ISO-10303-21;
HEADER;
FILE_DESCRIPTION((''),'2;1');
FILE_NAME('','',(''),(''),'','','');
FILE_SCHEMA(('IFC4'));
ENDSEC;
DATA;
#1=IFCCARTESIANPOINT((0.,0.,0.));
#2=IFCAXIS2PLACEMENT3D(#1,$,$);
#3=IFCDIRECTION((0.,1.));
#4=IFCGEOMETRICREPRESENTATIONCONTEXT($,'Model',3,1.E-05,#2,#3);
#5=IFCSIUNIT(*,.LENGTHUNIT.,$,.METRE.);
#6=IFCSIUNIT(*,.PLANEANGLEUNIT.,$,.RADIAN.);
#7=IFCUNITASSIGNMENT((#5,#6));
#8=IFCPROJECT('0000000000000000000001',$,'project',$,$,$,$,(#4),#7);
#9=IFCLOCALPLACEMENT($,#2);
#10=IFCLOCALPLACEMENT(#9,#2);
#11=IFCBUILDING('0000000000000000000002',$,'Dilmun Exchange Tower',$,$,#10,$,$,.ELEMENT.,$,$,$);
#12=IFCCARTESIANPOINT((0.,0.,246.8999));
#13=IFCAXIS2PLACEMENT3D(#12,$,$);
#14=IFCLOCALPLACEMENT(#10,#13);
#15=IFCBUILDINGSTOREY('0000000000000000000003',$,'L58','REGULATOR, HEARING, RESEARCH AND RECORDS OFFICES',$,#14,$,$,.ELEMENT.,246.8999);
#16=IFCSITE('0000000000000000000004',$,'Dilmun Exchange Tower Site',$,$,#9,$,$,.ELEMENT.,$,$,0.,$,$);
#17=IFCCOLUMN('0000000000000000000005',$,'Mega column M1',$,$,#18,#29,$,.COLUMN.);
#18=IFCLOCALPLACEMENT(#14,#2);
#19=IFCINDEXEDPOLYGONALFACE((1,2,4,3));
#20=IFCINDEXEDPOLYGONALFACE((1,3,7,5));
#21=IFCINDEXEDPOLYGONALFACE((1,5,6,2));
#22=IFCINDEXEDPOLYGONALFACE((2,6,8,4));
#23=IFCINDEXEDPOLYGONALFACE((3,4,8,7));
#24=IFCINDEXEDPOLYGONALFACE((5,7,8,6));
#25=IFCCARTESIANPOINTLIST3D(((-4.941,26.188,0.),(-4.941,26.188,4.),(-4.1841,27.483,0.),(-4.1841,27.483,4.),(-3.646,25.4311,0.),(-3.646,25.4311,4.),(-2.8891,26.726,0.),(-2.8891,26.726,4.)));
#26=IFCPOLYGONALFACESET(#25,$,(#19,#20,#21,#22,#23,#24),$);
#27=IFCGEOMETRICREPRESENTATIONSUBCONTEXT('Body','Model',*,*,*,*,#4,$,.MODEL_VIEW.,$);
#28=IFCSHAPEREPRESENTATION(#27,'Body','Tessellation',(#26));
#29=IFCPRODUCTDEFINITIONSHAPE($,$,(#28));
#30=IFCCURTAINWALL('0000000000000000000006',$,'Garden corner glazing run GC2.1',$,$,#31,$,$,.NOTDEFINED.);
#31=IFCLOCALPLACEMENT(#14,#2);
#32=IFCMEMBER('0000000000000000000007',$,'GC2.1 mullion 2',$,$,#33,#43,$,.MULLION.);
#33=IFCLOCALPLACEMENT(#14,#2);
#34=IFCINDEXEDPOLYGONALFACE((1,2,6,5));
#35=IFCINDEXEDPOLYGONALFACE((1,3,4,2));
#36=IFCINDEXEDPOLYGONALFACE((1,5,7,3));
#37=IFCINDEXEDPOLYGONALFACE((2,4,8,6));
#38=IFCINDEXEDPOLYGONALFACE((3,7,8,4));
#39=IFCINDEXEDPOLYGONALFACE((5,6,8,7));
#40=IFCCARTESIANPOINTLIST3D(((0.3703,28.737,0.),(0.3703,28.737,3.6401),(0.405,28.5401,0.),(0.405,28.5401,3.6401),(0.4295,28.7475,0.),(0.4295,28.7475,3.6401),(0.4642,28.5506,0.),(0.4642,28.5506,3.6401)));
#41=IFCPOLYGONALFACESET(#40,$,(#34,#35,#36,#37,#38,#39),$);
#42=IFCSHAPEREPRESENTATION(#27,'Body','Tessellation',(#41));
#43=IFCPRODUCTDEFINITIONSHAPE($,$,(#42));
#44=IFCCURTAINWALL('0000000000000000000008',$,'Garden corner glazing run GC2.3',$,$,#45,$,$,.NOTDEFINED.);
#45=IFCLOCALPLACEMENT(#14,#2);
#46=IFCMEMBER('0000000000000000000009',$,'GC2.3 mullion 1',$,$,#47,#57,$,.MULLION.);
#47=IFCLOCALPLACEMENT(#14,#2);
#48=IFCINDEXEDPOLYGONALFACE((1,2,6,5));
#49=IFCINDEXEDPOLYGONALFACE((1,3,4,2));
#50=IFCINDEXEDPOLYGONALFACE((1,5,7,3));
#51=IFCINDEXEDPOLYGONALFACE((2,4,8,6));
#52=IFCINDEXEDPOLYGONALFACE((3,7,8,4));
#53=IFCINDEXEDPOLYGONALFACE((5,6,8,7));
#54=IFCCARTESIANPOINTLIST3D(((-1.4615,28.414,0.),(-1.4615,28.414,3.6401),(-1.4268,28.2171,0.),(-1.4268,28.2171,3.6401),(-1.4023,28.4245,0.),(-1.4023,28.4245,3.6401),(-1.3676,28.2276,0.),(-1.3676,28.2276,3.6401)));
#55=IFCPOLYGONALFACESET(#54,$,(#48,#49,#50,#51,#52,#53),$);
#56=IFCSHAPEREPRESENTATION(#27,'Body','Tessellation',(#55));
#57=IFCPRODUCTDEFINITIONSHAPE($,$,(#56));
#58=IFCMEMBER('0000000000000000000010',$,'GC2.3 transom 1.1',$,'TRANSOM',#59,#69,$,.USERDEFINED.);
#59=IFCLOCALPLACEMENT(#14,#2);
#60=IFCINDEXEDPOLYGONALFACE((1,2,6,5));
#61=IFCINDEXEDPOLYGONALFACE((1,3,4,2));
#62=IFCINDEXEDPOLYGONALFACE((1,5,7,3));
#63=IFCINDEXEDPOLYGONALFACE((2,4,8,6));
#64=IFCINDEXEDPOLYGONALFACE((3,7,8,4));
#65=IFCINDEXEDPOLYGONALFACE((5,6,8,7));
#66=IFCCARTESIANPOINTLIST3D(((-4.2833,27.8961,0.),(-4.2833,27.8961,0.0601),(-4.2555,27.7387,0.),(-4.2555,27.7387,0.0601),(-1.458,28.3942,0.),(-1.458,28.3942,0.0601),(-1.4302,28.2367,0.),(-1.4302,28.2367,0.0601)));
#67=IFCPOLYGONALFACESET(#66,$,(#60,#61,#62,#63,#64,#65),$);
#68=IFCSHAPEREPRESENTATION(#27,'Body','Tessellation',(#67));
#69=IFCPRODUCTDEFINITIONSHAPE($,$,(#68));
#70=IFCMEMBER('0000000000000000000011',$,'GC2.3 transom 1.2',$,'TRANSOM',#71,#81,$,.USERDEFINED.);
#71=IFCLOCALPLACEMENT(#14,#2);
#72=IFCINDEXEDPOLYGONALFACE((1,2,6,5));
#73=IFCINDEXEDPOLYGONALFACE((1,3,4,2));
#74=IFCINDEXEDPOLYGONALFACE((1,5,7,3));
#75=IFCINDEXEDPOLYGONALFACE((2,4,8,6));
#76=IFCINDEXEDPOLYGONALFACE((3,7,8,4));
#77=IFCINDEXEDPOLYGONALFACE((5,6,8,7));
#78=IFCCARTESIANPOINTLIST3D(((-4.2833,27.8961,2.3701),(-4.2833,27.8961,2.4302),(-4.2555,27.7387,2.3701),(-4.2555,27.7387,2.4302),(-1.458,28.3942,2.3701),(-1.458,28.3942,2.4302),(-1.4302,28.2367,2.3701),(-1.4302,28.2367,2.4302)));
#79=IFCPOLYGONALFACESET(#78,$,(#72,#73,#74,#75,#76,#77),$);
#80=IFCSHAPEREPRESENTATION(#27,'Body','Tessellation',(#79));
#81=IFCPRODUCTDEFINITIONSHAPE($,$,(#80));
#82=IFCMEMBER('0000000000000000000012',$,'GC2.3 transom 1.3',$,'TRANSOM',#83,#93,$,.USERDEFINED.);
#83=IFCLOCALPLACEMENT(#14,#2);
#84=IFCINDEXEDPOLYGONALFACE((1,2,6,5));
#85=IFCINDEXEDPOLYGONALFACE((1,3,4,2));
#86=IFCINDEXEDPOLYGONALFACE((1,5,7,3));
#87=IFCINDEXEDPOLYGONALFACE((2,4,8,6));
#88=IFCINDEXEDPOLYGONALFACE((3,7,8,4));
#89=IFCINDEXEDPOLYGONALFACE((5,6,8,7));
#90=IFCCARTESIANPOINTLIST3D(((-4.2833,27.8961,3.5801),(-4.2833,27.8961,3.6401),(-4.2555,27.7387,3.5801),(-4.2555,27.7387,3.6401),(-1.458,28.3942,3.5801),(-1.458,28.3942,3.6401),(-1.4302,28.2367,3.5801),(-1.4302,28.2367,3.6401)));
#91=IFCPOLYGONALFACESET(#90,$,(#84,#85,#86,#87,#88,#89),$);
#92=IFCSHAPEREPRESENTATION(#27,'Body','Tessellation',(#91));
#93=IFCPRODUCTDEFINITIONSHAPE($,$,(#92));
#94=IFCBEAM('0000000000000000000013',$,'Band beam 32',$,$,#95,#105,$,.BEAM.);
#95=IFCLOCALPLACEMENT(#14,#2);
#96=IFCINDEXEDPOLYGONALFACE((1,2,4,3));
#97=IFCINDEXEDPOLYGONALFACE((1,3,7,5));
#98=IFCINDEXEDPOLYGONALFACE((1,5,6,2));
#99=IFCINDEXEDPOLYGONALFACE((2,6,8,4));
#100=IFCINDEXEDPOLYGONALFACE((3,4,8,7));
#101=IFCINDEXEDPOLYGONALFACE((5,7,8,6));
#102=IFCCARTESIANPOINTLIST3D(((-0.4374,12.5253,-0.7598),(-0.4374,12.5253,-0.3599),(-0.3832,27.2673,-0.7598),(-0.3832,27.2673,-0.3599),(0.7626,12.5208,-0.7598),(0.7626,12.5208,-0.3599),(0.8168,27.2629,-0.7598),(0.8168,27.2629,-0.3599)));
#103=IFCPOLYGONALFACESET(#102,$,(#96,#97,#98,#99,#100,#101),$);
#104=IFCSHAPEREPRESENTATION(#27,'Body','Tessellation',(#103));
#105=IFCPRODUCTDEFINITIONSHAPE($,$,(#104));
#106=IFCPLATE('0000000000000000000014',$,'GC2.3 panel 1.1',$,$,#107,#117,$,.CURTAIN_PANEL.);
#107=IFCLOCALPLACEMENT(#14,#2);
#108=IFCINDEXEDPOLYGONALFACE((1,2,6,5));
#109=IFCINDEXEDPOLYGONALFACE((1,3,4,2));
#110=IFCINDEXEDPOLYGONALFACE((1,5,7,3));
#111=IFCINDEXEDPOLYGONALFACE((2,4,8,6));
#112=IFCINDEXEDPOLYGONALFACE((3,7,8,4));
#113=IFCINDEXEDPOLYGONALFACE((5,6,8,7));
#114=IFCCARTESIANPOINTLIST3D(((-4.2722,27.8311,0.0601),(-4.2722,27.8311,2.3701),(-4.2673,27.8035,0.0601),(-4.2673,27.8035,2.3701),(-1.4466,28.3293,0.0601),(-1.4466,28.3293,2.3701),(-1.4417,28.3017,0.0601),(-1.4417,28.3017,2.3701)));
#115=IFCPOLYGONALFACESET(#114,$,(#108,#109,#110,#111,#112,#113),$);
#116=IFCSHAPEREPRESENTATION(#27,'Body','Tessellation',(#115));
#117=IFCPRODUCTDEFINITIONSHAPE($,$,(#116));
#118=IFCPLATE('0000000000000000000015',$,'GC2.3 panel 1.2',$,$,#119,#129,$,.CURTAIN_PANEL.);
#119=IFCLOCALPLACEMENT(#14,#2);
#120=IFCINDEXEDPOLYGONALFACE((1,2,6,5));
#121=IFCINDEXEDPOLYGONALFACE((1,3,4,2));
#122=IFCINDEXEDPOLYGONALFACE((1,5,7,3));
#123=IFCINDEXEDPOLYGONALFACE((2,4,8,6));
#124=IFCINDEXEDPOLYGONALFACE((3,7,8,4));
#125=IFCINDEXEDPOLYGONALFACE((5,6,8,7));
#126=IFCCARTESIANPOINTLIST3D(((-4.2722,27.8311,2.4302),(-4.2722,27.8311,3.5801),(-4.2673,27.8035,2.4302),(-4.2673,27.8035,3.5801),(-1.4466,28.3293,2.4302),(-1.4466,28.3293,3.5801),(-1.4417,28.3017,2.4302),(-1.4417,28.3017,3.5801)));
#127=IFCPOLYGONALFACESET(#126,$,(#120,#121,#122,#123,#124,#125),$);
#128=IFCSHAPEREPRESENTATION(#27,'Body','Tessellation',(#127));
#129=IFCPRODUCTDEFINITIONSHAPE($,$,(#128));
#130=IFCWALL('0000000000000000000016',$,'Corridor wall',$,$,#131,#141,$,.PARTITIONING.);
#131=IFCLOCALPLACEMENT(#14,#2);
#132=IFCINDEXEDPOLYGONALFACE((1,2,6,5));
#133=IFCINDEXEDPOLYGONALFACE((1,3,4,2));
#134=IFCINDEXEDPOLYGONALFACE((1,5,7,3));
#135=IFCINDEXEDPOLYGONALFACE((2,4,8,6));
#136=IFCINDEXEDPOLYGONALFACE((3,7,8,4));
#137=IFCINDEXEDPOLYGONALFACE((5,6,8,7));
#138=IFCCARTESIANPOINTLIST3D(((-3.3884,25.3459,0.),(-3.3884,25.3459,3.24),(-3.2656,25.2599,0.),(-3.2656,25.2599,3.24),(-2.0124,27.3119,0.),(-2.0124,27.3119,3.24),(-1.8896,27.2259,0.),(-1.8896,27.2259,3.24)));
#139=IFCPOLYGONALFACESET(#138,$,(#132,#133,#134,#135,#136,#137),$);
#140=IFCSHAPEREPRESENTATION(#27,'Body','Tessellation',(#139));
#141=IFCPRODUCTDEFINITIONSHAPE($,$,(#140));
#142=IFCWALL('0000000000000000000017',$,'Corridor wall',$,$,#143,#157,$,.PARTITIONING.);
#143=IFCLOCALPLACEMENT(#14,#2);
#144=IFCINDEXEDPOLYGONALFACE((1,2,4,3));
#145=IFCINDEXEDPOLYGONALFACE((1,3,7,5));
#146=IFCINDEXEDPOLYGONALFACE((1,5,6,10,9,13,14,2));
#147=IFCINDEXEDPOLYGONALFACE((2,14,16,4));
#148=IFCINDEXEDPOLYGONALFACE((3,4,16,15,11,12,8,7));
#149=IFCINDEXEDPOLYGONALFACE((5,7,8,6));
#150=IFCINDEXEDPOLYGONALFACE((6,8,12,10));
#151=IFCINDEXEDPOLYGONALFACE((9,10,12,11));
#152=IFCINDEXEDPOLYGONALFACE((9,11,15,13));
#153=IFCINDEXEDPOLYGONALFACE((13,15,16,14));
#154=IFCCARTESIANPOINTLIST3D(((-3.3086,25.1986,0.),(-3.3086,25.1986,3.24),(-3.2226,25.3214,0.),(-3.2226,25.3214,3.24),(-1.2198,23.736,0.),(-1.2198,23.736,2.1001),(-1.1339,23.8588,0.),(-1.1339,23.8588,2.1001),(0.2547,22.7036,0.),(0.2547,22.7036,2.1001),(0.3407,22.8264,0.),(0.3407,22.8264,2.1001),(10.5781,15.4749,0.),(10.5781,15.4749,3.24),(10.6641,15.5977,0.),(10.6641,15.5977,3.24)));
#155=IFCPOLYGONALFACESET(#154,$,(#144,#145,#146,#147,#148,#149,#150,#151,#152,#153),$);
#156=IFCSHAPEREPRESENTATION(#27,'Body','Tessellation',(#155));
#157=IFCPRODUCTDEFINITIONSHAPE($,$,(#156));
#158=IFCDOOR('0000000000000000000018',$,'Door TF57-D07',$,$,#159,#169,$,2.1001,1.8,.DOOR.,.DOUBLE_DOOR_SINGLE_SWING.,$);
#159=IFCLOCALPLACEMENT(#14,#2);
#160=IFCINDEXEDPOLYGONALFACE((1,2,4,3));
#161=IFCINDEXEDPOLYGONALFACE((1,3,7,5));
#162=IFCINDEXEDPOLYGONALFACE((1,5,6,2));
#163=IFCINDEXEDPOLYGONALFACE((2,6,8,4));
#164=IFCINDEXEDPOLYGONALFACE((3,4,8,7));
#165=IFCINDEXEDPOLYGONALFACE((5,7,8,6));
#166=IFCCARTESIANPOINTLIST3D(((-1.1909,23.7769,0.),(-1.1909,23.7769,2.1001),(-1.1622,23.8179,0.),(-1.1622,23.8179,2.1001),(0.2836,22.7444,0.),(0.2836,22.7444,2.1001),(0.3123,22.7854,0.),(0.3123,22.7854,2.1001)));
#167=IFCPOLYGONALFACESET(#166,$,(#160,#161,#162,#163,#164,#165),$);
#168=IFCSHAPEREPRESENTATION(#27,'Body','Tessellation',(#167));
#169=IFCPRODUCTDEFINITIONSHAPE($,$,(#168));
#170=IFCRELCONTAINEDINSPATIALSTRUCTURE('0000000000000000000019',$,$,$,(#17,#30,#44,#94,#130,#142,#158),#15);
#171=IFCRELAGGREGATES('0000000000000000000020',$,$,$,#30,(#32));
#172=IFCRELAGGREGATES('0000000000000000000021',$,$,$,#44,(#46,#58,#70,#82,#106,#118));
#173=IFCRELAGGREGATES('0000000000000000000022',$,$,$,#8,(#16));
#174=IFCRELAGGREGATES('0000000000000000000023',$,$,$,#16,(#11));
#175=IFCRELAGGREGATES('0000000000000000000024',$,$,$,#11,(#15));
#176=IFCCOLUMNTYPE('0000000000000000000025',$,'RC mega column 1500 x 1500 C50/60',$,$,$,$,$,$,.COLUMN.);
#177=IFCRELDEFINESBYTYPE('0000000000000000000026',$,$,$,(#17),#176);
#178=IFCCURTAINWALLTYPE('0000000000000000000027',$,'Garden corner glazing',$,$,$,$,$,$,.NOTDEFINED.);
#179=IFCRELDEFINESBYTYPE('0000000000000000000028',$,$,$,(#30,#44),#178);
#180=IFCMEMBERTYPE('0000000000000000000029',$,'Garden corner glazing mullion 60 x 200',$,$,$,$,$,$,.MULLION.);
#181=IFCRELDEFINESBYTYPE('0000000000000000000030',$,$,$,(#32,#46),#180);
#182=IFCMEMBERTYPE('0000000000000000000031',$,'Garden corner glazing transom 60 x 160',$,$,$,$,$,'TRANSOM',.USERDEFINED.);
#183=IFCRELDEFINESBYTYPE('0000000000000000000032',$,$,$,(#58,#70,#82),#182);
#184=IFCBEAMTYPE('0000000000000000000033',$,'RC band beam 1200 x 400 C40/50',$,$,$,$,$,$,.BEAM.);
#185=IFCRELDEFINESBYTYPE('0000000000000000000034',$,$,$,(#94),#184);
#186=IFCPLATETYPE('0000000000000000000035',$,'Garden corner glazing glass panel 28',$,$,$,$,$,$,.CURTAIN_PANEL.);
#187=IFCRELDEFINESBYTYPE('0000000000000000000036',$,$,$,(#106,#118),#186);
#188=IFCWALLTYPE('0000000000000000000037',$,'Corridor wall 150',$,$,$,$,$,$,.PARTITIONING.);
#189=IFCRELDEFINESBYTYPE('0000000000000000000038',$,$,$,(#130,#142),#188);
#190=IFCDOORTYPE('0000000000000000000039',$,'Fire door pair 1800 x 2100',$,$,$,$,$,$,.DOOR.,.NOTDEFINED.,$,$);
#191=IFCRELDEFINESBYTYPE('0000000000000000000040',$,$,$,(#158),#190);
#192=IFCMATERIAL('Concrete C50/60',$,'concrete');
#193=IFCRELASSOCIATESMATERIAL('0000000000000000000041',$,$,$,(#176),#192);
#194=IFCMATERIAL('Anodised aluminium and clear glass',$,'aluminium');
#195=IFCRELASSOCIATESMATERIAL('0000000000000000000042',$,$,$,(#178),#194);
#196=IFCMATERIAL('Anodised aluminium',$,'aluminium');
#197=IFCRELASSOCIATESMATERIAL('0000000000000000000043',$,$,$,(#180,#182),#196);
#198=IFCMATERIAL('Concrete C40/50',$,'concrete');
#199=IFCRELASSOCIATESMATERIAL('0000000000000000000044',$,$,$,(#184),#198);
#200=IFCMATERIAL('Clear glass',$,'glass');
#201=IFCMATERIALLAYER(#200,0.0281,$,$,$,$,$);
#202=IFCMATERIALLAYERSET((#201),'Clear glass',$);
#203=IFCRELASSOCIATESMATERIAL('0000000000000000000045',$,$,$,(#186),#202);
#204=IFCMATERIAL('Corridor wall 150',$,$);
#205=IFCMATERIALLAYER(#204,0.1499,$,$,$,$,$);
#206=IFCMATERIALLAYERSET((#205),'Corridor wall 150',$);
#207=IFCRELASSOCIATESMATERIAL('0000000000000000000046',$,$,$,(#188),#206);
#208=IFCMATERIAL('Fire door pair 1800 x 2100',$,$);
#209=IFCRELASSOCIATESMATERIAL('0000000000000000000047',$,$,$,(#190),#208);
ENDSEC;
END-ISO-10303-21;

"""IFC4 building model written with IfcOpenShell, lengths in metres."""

from ifc_helpers import new_model, si_unit, direction, frame, frame_2d, origin, origin_2d, place, context, subcontext, project, spatial, rectangle, extrude, material, layer, layer_set, material_profile, profile_set, type_object, element, fill, aggregate, save


model = new_model("IFC4")

# Units and contexts
model_context = context("Model", 3, precision=1e-05, world=origin(), true_north=direction((0.0, 1.0)))
body_context = subcontext(model_context, "Body", "Model", "MODEL_VIEW")
ifc_project = project(units=[si_unit("LENGTHUNIT", "METRE"), si_unit("PLANEANGLEUNIT", "RADIAN")], contexts=[model_context])

# Site, building, storey
site_placement = place(None, origin())
site = spatial("IfcSite", under=ifc_project, at=site_placement, Name="Dilmun Exchange Tower Site", CompositionType="ELEMENT", RefElevation=0.0)
building_placement = place(site_placement, origin())
building = spatial("IfcBuilding", under=site, at=building_placement, Name="Dilmun Exchange Tower", CompositionType="ELEMENT")
storey_placement = place(building_placement, frame((0.0, 0.0, 246.8999)))
storey = spatial("IfcBuildingStorey", under=building, at=storey_placement, Name="L58", Description="REGULATOR, HEARING, RESEARCH AND RECORDS OFFICES", CompositionType="ELEMENT", Elevation=246.8999)

# Column
ifc_material_1 = material(Name="Concrete C50/60", Category="concrete")
ifc_material_profile_1 = material_profile(ifc_material_1, rectangle(XDim=1.5, YDim=1.5, at=origin_2d()), Name="1500 x 1500")
ifc_profile_set_1 = profile_set([ifc_material_profile_1], Name="Concrete C50/60")
column_type = type_object("IfcColumnType", Name="RC mega column 1500 x 1500 C50/60", PredefinedType="COLUMN", material=ifc_profile_set_1)
column_placement = place(storey_placement, frame((-3.915, 26.457, 0.0), z_axis=(0.0, 0.0, 1.0), x_axis=(0.504644, 0.863328, 0.0)))
element("IfcColumn", 1, at=column_placement, inside=storey, type_object=column_type, Name="Mega column M1", PredefinedType="COLUMN", context=body_context, shape_type="SweptSolid", body=[
    extrude(rectangle(XDim=1.5, YDim=1.5, at=origin_2d()), origin(), (0.0, 0.0, 1.0), 4.0),
])

# Curtain wall, member
ifc_material_2 = material(Name="Anodised aluminium and clear glass", Category="aluminium")
curtain_wall_type = type_object("IfcCurtainWallType", Name="Garden corner glazing", PredefinedType="NOTDEFINED", material=ifc_material_2)
curtain_wall_1_placement = place(storey_placement, origin())
curtain_wall_1 = element("IfcCurtainWall", 2, at=curtain_wall_1_placement, inside=storey, type_object=curtain_wall_type, Name="Garden corner glazing run GC2.1", PredefinedType="NOTDEFINED")
ifc_material_3 = material(Name="Anodised aluminium", Category="aluminium")
ifc_material_profile_2 = material_profile(ifc_material_3, rectangle(XDim=0.2, YDim=0.0601, at=origin_2d()), Name="AL 60x200")
ifc_profile_set_2 = profile_set([ifc_material_profile_2], Name="Anodised aluminium")
member_type_1 = type_object("IfcMemberType", Name="Garden corner glazing mullion 60 x 200", PredefinedType="MULLION", material=ifc_profile_set_2)
member_1_placement = place(storey_placement, frame((0.4172, 28.6438, 0.0), z_axis=(0.0, 0.0, 1.0), x_axis=(0.173631, -0.984811, 0.0)))
member_1 = element("IfcMember", 3, at=member_1_placement, type_object=member_type_1, Name="GC2.1 mullion 2", PredefinedType="MULLION", context=body_context, shape_type="SweptSolid", body=[
    extrude(rectangle(XDim=0.2, YDim=0.0601, at=origin_2d()), origin(), (0.0, 0.0, 1.0), 3.6401),
])
aggregate(curtain_wall_1, [member_1])

# Curtain wall, members
curtain_wall_2_placement = place(storey_placement, origin())
curtain_wall_2 = element("IfcCurtainWall", 4, at=curtain_wall_2_placement, inside=storey, type_object=curtain_wall_type, Name="Garden corner glazing run GC2.3", PredefinedType="NOTDEFINED")
member_2_placement = place(storey_placement, frame((-1.4146, 28.3208, 0.0), z_axis=(0.0, 0.0, 1.0), x_axis=(0.173631, -0.984811, 0.0)))
member_2 = element("IfcMember", 5, at=member_2_placement, type_object=member_type_1, Name="GC2.3 mullion 1", PredefinedType="MULLION", context=body_context, shape_type="SweptSolid", body=[
    extrude(rectangle(XDim=0.2, YDim=0.0601, at=origin_2d()), origin(), (0.0, 0.0, 1.0), 3.6401),
])
ifc_material_profile_3 = material_profile(ifc_material_3, rectangle(XDim=0.1599, YDim=0.0601, at=origin_2d()), Name="AL 60x160")
ifc_profile_set_3 = profile_set([ifc_material_profile_3], Name="Anodised aluminium")
member_type_2 = type_object("IfcMemberType", Name="Garden corner glazing transom 60 x 160", ElementType="TRANSOM", PredefinedType="USERDEFINED", material=ifc_profile_set_3)
member_3_placement = place(storey_placement, frame((-1.4441, 28.3154, 0.03), z_axis=(-0.984817, -0.173596, 0.0), x_axis=(0.173596, -0.984817, 0.0)))
member_3 = element("IfcMember", 6, at=member_3_placement, type_object=member_type_2, Name="GC2.3 transom 1.1", ObjectType="TRANSOM", PredefinedType="USERDEFINED", context=body_context, shape_type="SweptSolid", body=[
    extrude(rectangle(XDim=0.1599, YDim=0.0601, at=origin_2d()), origin(), (0.0, 0.0, 1.0), 2.8689),
])
member_4_placement = place(storey_placement, frame((-1.4441, 28.3154, 2.4001), z_axis=(-0.984817, -0.173596, 0.0), x_axis=(0.173596, -0.984817, 0.0)))
member_4 = element("IfcMember", 7, at=member_4_placement, type_object=member_type_2, Name="GC2.3 transom 1.2", ObjectType="TRANSOM", PredefinedType="USERDEFINED", context=body_context, shape_type="SweptSolid", body=[
    extrude(rectangle(XDim=0.1599, YDim=0.0601, at=origin_2d()), origin(), (0.0, 0.0, 1.0), 2.8689),
])
member_5_placement = place(storey_placement, frame((-1.4441, 28.3154, 3.6101), z_axis=(-0.984817, -0.173596, 0.0), x_axis=(0.173596, -0.984817, 0.0)))
member_5 = element("IfcMember", 8, at=member_5_placement, type_object=member_type_2, Name="GC2.3 transom 1.3", ObjectType="TRANSOM", PredefinedType="USERDEFINED", context=body_context, shape_type="SweptSolid", body=[
    extrude(rectangle(XDim=0.1599, YDim=0.0601, at=origin_2d()), origin(), (0.0, 0.0, 1.0), 2.8689),
])

# Beam
ifc_material_4 = material(Name="Concrete C40/50", Category="concrete")
ifc_material_profile_4 = material_profile(ifc_material_4, rectangle(XDim=1.2, YDim=0.3999, at=origin_2d()), Name="1200 x 400")
ifc_profile_set_4 = profile_set([ifc_material_profile_4], Name="Concrete C40/50")
beam_type = type_object("IfcBeamType", Name="RC band beam 1200 x 400 C40/50", PredefinedType="BEAM", material=ifc_profile_set_4)
beam_placement = place(storey_placement, frame((0.2168, 27.2651, -0.5598), z_axis=(-0.003676, -0.999993, 0.0), x_axis=(0.999993, -0.003676, 0.0)))
element("IfcBeam", 9, at=beam_placement, inside=storey, type_object=beam_type, Name="Band beam 32", PredefinedType="BEAM", context=body_context, shape_type="SweptSolid", body=[
    extrude(rectangle(XDim=1.2, YDim=0.3999, at=origin_2d()), origin(), (0.0, 0.0, 1.0), 14.7422),
])

# Plates
ifc_material_5 = material(Name="Clear glass", Category="glass")
ifc_layer_1 = layer(ifc_material_5, 0.0281)
ifc_layer_set_1 = layer_set([ifc_layer_1], Name="Clear glass")
plate_type = type_object("IfcPlateType", Name="Garden corner glazing glass panel 28", PredefinedType="CURTAIN_PANEL", material=ifc_layer_set_1)
plate_1_placement = place(storey_placement, frame((-2.8569, 28.0664, 0.0601), z_axis=(0.0, 0.0, 1.0), x_axis=(-0.984811, -0.173631, 0.0)))
plate_1 = element("IfcPlate", 10, at=plate_1_placement, type_object=plate_type, Name="GC2.3 panel 1.1", PredefinedType="CURTAIN_PANEL", context=body_context, shape_type="SweptSolid", body=[
    extrude(rectangle(XDim=2.8691, YDim=0.0281, at=origin_2d()), origin(), (0.0, 0.0, 1.0), 2.3101),
])
plate_2_placement = place(storey_placement, frame((-2.8569, 28.0664, 2.4302), z_axis=(0.0, 0.0, 1.0), x_axis=(-0.984811, -0.173631, 0.0)))
plate_2 = element("IfcPlate", 11, at=plate_2_placement, type_object=plate_type, Name="GC2.3 panel 1.2", PredefinedType="CURTAIN_PANEL", context=body_context, shape_type="SweptSolid", body=[
    extrude(rectangle(XDim=2.8691, YDim=0.0281, at=origin_2d()), origin(), (0.0, 0.0, 1.0), 1.1499),
])
aggregate(curtain_wall_2, [member_2, member_3, member_4, member_5, plate_1, plate_2])

# Wall
ifc_material_6 = material(Name="Corridor wall 150")
ifc_layer_2 = layer(ifc_material_6, 0.1499)
ifc_layer_set_2 = layer_set([ifc_layer_2], Name="Corridor wall 150")
wall_type_1 = type_object("IfcWallType", Name="Corridor wall 150", PredefinedType="PARTITIONING", material=ifc_layer_set_2)
wall_1_placement = place(storey_placement, frame((-3.3269, 25.303, 0.0), z_axis=(0.0, 0.0, 1.0), x_axis=(0.573387, 0.819284, 0.0)))
element("IfcWall", 12, at=wall_1_placement, inside=storey, type_object=wall_type_1, Name="Corridor wall", PredefinedType="PARTITIONING", context=body_context, shape_type="SweptSolid", body=[
    extrude(rectangle(XDim=2.3997, YDim=0.1499, at=frame_2d((1.1997, 0.0))), origin(), (0.0, 0.0, 1.0), 3.24),
])

# Wall, opening, door
wall_2_placement = place(storey_placement, frame((-3.2656, 25.26, 0.0), z_axis=(0.0, 0.0, 1.0), x_axis=(0.819151, -0.573578, 0.0)))
wall_2 = element("IfcWall", 13, at=wall_2_placement, inside=storey, type_object=wall_type_1, Name="Corridor wall", PredefinedType="PARTITIONING", context=body_context, shape_type="SweptSolid", body=[
    extrude(rectangle(XDim=16.9526, YDim=0.1499, at=frame_2d((8.4763, 0.0))), origin(), (0.0, 0.0, 1.0), 3.24),
])
opening_1_placement = place(wall_2_placement, frame((2.55, 0.0, 0.0)))
opening_1 = element("IfcOpeningElement", 14, at=opening_1_placement, cuts=wall_2, PredefinedType="OPENING", context=body_context, shape_type="SweptSolid", body=[
    extrude(rectangle(XDim=1.8, YDim=2.1001, at=frame_2d((0.8999, 1.05))), frame((0.0, 0.085, 0.0), z_axis=(0.0, -1.0, 0.0), x_axis=(1.0, 0.0, 0.0)), (0.0, 0.0, 1.0), 0.1699),
])
ifc_material_7 = material(Name="Fire door pair 1800 x 2100")
door_type_1 = type_object("IfcDoorType", Name="Fire door pair 1800 x 2100", OperationType="NOTDEFINED", PredefinedType="DOOR", material=ifc_material_7)
door_1_placement = place(opening_1_placement, frame((1.8, 0.0, 0.0), z_axis=(0.0, 0.0, 1.0), x_axis=(-1.0, 0.0, 0.0)))
door_1 = element("IfcDoor", 15, at=door_1_placement, inside=storey, type_object=door_type_1, Name="Door TF57-D07", OperationType="DOUBLE_DOOR_SINGLE_SWING", OverallHeight=2.1001, OverallWidth=1.8, PredefinedType="DOOR", context=body_context, shape_type="SweptSolid", body=[
    extrude(rectangle(XDim=1.8, YDim=2.1001, at=frame_2d((0.8999, 1.05))), frame((0.0, 0.0249, 0.0), z_axis=(0.0, -1.0, 0.0), x_axis=(1.0, 0.0, 0.0)), (0.0, 0.0, 1.0), 0.05),
])
fill(opening_1, door_1)

save(model, "model.ifc")
